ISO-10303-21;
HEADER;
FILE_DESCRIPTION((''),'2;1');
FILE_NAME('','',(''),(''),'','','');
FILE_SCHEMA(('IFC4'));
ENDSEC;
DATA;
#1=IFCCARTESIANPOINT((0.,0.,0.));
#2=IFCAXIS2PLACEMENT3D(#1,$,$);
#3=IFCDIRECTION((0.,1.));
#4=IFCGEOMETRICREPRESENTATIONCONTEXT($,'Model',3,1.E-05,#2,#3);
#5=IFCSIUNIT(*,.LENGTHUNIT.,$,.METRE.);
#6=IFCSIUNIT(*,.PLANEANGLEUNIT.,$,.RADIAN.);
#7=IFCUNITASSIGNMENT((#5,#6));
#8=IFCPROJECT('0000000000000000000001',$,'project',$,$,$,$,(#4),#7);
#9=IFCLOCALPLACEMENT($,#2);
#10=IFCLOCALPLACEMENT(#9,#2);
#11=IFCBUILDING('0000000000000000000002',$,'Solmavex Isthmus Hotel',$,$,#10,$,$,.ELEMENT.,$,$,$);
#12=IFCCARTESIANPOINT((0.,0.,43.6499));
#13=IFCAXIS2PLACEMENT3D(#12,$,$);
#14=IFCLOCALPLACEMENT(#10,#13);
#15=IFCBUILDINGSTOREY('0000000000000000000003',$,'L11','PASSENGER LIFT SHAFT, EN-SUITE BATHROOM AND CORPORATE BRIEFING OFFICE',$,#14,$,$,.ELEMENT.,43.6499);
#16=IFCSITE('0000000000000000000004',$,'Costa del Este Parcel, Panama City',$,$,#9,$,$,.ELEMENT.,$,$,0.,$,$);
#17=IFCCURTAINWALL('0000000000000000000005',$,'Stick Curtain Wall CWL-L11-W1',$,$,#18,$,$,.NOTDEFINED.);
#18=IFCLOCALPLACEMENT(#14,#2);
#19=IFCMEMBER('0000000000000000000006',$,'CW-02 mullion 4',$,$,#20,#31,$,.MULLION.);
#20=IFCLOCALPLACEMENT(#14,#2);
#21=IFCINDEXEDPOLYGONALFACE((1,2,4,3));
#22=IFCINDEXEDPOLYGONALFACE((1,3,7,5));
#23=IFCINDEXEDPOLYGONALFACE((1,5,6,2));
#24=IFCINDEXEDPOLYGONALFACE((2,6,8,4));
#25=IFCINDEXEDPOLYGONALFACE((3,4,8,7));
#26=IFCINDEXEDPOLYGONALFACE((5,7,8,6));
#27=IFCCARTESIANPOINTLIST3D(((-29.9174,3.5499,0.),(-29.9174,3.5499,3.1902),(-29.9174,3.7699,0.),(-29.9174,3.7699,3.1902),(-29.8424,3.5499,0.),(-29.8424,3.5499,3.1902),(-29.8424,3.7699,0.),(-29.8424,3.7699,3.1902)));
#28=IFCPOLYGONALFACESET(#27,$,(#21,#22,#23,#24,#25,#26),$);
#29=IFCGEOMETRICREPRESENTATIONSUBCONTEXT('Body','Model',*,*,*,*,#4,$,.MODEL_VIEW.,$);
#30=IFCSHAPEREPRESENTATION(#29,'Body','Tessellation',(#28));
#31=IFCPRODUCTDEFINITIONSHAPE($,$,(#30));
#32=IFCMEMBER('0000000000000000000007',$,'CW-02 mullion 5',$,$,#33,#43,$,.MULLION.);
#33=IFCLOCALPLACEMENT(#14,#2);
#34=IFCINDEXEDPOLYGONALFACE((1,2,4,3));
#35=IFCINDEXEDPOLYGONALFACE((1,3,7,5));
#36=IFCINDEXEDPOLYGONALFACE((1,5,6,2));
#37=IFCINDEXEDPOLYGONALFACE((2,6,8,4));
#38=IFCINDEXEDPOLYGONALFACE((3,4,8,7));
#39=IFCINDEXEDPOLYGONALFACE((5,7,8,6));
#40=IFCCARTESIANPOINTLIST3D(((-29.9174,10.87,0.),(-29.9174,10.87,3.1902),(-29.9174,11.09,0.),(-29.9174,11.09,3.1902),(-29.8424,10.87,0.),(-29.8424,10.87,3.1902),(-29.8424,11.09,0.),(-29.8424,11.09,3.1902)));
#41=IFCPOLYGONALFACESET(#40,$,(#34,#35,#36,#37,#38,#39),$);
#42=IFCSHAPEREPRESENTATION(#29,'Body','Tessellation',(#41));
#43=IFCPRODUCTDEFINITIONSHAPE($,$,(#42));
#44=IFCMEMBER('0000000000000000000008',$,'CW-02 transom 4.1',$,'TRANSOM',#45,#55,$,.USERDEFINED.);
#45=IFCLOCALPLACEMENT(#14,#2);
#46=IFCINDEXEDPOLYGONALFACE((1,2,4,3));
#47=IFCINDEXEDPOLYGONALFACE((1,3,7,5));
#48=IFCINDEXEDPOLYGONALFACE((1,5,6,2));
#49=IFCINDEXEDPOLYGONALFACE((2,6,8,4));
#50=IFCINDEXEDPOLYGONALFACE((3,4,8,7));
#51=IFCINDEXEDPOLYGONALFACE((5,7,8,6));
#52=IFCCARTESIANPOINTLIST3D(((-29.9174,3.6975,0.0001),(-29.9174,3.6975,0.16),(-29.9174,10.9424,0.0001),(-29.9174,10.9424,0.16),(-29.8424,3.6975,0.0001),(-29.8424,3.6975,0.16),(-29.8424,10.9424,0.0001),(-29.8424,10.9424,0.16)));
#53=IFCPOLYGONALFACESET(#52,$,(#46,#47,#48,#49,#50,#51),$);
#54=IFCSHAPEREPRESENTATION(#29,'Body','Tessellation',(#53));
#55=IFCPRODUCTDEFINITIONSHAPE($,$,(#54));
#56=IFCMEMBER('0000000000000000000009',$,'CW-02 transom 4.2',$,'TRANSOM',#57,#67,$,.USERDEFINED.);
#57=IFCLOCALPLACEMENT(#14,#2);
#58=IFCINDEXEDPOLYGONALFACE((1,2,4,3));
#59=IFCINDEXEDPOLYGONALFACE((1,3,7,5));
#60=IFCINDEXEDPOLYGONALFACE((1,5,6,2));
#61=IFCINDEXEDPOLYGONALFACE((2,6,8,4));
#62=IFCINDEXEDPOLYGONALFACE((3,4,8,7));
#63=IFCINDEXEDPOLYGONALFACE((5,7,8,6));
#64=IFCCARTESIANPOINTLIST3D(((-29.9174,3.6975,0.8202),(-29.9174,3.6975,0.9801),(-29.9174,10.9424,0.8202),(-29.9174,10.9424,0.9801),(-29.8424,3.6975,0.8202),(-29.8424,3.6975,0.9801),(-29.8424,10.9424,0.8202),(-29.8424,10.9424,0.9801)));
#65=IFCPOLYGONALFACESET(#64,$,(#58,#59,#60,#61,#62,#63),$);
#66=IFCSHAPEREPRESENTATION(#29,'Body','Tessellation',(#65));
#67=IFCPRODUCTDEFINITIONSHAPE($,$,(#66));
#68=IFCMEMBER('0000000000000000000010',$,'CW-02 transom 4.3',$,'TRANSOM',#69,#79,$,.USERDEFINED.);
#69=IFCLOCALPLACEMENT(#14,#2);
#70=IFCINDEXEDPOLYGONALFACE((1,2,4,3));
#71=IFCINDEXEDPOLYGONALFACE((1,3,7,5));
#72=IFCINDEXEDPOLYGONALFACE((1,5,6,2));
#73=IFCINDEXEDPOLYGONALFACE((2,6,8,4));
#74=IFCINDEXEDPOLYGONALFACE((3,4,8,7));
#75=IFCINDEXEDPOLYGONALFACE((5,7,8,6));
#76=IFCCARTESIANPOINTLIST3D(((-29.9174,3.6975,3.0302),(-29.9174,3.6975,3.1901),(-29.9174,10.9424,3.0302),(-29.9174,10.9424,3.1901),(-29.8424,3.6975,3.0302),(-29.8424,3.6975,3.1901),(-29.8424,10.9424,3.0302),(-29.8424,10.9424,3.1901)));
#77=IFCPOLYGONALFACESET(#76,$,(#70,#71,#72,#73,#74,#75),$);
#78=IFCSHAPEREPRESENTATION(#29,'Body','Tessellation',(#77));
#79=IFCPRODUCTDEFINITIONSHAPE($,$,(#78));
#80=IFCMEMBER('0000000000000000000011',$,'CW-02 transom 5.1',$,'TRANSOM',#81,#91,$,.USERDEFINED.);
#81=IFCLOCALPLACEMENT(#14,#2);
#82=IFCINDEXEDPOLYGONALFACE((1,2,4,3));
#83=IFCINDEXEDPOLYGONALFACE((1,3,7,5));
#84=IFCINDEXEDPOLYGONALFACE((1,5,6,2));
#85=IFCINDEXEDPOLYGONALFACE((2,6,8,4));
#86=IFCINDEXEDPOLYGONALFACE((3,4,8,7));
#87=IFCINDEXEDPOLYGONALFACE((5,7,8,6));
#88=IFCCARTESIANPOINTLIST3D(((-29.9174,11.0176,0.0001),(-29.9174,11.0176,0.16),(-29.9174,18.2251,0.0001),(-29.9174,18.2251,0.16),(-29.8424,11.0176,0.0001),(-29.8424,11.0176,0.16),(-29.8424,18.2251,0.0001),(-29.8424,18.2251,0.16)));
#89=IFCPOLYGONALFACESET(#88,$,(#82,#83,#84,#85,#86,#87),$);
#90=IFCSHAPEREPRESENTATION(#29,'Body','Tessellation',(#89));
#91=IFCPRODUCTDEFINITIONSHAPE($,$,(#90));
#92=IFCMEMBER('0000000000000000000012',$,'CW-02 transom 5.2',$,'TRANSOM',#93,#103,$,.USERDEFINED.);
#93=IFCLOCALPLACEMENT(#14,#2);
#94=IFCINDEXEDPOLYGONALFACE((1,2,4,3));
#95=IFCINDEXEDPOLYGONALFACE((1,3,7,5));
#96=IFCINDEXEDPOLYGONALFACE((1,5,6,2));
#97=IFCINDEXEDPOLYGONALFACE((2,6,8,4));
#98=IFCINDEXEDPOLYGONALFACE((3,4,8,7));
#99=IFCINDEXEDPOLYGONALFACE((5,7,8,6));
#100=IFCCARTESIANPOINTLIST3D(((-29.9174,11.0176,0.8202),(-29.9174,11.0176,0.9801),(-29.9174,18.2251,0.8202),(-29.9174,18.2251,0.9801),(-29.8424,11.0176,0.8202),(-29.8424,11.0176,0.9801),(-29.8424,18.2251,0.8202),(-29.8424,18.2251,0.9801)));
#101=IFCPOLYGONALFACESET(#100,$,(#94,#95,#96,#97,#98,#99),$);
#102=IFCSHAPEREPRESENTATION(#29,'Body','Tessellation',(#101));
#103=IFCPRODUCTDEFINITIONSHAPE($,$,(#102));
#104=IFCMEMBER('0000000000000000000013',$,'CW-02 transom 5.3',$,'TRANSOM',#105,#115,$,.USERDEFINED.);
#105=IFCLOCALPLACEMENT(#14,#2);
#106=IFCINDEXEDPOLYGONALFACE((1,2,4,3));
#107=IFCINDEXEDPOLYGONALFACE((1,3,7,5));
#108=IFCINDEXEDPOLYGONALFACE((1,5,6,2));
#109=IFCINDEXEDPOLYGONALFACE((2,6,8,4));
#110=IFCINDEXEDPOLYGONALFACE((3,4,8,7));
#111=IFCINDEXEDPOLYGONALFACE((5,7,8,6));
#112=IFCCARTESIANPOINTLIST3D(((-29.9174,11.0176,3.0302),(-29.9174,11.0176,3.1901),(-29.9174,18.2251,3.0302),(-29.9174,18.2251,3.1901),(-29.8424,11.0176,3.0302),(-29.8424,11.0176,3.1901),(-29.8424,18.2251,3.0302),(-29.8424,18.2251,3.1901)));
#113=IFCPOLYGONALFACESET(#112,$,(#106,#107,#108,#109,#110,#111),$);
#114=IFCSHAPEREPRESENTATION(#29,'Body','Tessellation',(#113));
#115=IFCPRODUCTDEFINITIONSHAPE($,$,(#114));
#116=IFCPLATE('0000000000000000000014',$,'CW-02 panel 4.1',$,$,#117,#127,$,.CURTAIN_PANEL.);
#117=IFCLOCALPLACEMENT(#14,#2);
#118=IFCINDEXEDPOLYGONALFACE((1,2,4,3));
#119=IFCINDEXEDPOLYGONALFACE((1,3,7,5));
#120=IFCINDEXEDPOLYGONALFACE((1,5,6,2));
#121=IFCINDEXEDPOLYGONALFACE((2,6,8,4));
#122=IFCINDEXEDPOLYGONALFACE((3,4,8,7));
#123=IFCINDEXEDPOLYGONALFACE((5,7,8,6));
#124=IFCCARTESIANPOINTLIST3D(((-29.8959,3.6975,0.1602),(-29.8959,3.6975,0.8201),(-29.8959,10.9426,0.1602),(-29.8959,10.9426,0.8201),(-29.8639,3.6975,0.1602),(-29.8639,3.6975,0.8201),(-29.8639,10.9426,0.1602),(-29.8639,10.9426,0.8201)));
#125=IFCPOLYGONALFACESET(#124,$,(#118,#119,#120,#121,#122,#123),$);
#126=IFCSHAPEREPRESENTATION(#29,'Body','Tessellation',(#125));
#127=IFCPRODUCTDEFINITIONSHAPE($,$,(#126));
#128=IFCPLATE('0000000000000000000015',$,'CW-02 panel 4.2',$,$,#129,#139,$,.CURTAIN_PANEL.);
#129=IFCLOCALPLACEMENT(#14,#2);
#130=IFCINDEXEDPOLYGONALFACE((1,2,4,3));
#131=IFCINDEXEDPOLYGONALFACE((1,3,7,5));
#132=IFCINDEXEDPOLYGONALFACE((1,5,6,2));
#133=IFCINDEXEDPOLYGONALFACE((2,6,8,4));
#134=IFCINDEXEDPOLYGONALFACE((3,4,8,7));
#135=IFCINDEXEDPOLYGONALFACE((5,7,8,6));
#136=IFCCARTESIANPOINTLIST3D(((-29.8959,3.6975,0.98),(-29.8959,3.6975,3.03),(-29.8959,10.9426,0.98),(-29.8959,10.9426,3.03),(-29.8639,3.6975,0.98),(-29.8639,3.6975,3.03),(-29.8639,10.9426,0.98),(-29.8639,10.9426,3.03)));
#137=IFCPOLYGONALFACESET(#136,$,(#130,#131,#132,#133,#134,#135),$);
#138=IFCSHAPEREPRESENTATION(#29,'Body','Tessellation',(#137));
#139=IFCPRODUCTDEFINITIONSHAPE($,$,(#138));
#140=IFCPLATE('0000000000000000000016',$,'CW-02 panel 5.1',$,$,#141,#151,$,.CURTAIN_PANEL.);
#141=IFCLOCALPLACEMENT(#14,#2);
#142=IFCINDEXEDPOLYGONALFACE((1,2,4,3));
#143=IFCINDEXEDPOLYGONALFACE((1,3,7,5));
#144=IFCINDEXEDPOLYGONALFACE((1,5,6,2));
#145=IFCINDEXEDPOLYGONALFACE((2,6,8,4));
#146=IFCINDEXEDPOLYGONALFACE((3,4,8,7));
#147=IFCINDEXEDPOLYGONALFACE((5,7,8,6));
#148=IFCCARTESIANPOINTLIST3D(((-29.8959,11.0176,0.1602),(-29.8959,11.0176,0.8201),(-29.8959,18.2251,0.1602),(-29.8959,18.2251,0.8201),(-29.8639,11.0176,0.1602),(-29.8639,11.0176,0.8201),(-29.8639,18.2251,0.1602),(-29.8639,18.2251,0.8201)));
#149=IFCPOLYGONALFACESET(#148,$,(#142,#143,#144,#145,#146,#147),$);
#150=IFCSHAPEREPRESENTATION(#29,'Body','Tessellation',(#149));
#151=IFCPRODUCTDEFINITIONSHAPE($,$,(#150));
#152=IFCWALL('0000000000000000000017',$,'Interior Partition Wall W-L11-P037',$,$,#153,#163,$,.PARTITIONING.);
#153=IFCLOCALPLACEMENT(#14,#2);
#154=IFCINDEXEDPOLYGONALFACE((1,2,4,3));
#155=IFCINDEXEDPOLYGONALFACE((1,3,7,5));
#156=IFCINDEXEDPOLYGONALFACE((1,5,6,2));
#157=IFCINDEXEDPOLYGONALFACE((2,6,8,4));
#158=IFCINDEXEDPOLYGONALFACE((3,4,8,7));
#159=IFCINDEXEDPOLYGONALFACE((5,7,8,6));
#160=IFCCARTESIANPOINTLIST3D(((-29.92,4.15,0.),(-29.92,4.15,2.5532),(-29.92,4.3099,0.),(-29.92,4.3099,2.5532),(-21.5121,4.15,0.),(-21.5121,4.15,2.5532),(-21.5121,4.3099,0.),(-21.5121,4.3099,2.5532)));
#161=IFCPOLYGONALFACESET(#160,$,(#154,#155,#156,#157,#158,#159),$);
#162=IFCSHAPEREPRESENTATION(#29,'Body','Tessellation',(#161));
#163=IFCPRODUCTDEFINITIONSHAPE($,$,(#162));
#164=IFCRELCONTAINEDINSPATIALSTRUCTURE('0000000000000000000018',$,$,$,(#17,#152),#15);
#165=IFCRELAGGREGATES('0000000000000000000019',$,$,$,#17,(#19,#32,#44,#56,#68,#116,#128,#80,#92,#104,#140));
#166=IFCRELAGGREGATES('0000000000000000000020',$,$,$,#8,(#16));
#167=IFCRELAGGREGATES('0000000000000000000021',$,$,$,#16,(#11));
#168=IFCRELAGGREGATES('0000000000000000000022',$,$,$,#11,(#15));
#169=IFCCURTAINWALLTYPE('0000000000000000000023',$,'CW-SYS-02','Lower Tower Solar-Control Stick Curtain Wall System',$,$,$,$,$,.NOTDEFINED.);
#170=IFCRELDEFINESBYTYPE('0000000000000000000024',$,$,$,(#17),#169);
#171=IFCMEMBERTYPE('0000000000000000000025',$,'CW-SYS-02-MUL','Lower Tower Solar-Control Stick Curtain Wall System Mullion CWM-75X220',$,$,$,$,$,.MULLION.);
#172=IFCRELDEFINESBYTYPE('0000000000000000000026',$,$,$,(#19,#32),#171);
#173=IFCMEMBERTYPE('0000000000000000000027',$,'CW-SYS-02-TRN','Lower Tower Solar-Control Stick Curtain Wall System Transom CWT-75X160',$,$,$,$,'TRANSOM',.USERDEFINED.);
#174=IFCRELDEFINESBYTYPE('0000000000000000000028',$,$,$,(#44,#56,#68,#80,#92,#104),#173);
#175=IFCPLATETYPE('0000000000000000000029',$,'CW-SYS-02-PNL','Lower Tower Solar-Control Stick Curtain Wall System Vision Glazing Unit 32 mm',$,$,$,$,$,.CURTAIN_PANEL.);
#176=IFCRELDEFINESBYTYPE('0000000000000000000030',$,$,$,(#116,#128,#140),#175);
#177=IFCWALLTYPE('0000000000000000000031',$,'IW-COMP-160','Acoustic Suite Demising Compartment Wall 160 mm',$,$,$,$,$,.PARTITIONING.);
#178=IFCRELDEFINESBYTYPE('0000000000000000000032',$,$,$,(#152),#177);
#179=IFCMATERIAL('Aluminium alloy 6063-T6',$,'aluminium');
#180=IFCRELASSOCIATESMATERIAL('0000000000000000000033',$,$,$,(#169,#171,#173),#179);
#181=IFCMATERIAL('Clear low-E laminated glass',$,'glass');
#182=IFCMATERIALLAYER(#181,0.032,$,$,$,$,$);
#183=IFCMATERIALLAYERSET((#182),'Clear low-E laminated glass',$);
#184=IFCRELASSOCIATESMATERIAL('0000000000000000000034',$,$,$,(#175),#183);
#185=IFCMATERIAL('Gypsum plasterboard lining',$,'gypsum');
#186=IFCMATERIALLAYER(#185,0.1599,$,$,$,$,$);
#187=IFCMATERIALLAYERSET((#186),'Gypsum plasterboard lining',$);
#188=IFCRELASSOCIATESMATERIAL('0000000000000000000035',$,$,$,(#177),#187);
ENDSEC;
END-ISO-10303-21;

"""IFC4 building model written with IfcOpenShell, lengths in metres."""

from ifc_helpers import new_model, si_unit, direction, frame, frame_2d, origin, origin_2d, place, context, subcontext, project, spatial, rectangle, extrude, material, layer, layer_set, material_profile, profile_set, type_object, element, aggregate, save


model = new_model("IFC4")

# Units and contexts
model_context = context("Model", 3, precision=1e-05, world=origin(), true_north=direction((0.0, 1.0)))
body_context = subcontext(model_context, "Body", "Model", "MODEL_VIEW")
ifc_project = project(units=[si_unit("LENGTHUNIT", "METRE"), si_unit("PLANEANGLEUNIT", "RADIAN")], contexts=[model_context])

# Site, building, storey
site_placement = place(None, origin())
site = spatial("IfcSite", under=ifc_project, at=site_placement, Name="Costa del Este Parcel, Panama City", CompositionType="ELEMENT", RefElevation=0.0)
building_placement = place(site_placement, origin())
building = spatial("IfcBuilding", under=site, at=building_placement, Name="Solmavex Isthmus Hotel", CompositionType="ELEMENT")
storey_placement = place(building_placement, frame((0.0, 0.0, 43.6499)))
storey = spatial("IfcBuildingStorey", under=building, at=storey_placement, Name="L11", Description="PASSENGER LIFT SHAFT, EN-SUITE BATHROOM AND CORPORATE BRIEFING OFFICE", CompositionType="ELEMENT", Elevation=43.6499)

# Curtain wall, members, plates
ifc_material_1 = material(Name="Aluminium alloy 6063-T6", Category="aluminium")
curtain_wall_type = type_object("IfcCurtainWallType", Name="CW-SYS-02", Description="Lower Tower Solar-Control Stick Curtain Wall System", PredefinedType="NOTDEFINED", material=ifc_material_1)
curtain_wall_placement = place(storey_placement, origin())
curtain_wall = element("IfcCurtainWall", 1, at=curtain_wall_placement, inside=storey, type_object=curtain_wall_type, Name="Stick Curtain Wall CWL-L11-W1", PredefinedType="NOTDEFINED")
ifc_material_profile_1 = material_profile(ifc_material_1, rectangle(XDim=0.075, YDim=0.22, at=origin_2d()), Name="CWM-75X220")
ifc_profile_set_1 = profile_set([ifc_material_profile_1], Name="Aluminium alloy 6063-T6")
member_type_1 = type_object("IfcMemberType", Name="CW-SYS-02-MUL", Description="Lower Tower Solar-Control Stick Curtain Wall System Mullion CWM-75X220", PredefinedType="MULLION", material=ifc_profile_set_1)
member_1_placement = place(storey_placement, frame((-29.8799, 3.6599, 0.0), z_axis=(0.0, 0.0, 1.0), x_axis=(-1.0, 0.0, 0.0)))
member_1 = element("IfcMember", 2, at=member_1_placement, type_object=member_type_1, Name="CW-02 mullion 4", PredefinedType="MULLION", context=body_context, shape_type="SweptSolid", body=[
    extrude(rectangle(XDim=0.075, YDim=0.22, at=origin_2d()), origin(), (0.0, 0.0, 1.0), 3.1902),
])
member_2_placement = place(storey_placement, frame((-29.8799, 10.98, 0.0), z_axis=(0.0, 0.0, 1.0), x_axis=(-1.0, 0.0, 0.0)))
member_2 = element("IfcMember", 3, at=member_2_placement, type_object=member_type_1, Name="CW-02 mullion 5", PredefinedType="MULLION", context=body_context, shape_type="SweptSolid", body=[
    extrude(rectangle(XDim=0.075, YDim=0.22, at=origin_2d()), origin(), (0.0, 0.0, 1.0), 3.1902),
])
ifc_material_profile_2 = material_profile(ifc_material_1, rectangle(XDim=0.075, YDim=0.1599, at=origin_2d()), Name="CWT-75X160")
ifc_profile_set_2 = profile_set([ifc_material_profile_2], Name="Aluminium alloy 6063-T6")
member_type_2 = type_object("IfcMemberType", Name="CW-SYS-02-TRN", Description="Lower Tower Solar-Control Stick Curtain Wall System Transom CWT-75X160", ElementType="TRANSOM", PredefinedType="USERDEFINED", material=ifc_profile_set_2)
member_3_placement = place(storey_placement, frame((-29.8799, 3.6975, 0.0801), z_axis=(0.0, 1.0, 0.0), x_axis=(-1.0, 0.0, 0.0)))
member_3 = element("IfcMember", 4, at=member_3_placement, type_object=member_type_2, Name="CW-02 transom 4.1", ObjectType="TRANSOM", PredefinedType="USERDEFINED", context=body_context, shape_type="SweptSolid", body=[
    extrude(rectangle(XDim=0.075, YDim=0.1599, at=origin_2d()), origin(), (0.0, 0.0, 1.0), 7.2449),
])
member_4_placement = place(storey_placement, frame((-29.8799, 3.6975, 0.9001), z_axis=(0.0, 1.0, 0.0), x_axis=(-1.0, 0.0, 0.0)))
member_4 = element("IfcMember", 5, at=member_4_placement, type_object=member_type_2, Name="CW-02 transom 4.2", ObjectType="TRANSOM", PredefinedType="USERDEFINED", context=body_context, shape_type="SweptSolid", body=[
    extrude(rectangle(XDim=0.075, YDim=0.1599, at=origin_2d()), origin(), (0.0, 0.0, 1.0), 7.2449),
])
member_5_placement = place(storey_placement, frame((-29.8799, 3.6975, 3.1101), z_axis=(0.0, 1.0, 0.0), x_axis=(-1.0, 0.0, 0.0)))
member_5 = element("IfcMember", 6, at=member_5_placement, type_object=member_type_2, Name="CW-02 transom 4.3", ObjectType="TRANSOM", PredefinedType="USERDEFINED", context=body_context, shape_type="SweptSolid", body=[
    extrude(rectangle(XDim=0.075, YDim=0.1599, at=origin_2d()), origin(), (0.0, 0.0, 1.0), 7.2449),
])
member_6_placement = place(storey_placement, frame((-29.8799, 11.0176, 0.0801), z_axis=(0.0, 1.0, 0.0), x_axis=(-1.0, 0.0, 0.0)))
member_6 = element("IfcMember", 7, at=member_6_placement, type_object=member_type_2, Name="CW-02 transom 5.1", ObjectType="TRANSOM", PredefinedType="USERDEFINED", context=body_context, shape_type="SweptSolid", body=[
    extrude(rectangle(XDim=0.075, YDim=0.1599, at=origin_2d()), origin(), (0.0, 0.0, 1.0), 7.2075),
])
member_7_placement = place(storey_placement, frame((-29.8799, 11.0176, 0.9001), z_axis=(0.0, 1.0, 0.0), x_axis=(-1.0, 0.0, 0.0)))
member_7 = element("IfcMember", 8, at=member_7_placement, type_object=member_type_2, Name="CW-02 transom 5.2", ObjectType="TRANSOM", PredefinedType="USERDEFINED", context=body_context, shape_type="SweptSolid", body=[
    extrude(rectangle(XDim=0.075, YDim=0.1599, at=origin_2d()), origin(), (0.0, 0.0, 1.0), 7.2075),
])
member_8_placement = place(storey_placement, frame((-29.8799, 11.0176, 3.1101), z_axis=(0.0, 1.0, 0.0), x_axis=(-1.0, 0.0, 0.0)))
member_8 = element("IfcMember", 9, at=member_8_placement, type_object=member_type_2, Name="CW-02 transom 5.3", ObjectType="TRANSOM", PredefinedType="USERDEFINED", context=body_context, shape_type="SweptSolid", body=[
    extrude(rectangle(XDim=0.075, YDim=0.1599, at=origin_2d()), origin(), (0.0, 0.0, 1.0), 7.2075),
])
ifc_material_2 = material(Name="Clear low-E laminated glass", Category="glass")
ifc_layer_1 = layer(ifc_material_2, 0.032)
ifc_layer_set_1 = layer_set([ifc_layer_1], Name="Clear low-E laminated glass")
plate_type = type_object("IfcPlateType", Name="CW-SYS-02-PNL", Description="Lower Tower Solar-Control Stick Curtain Wall System Vision Glazing Unit 32 mm", PredefinedType="CURTAIN_PANEL", material=ifc_layer_set_1)
plate_1_placement = place(storey_placement, frame((-29.8799, 7.3201, 0.1602), z_axis=(0.0, 0.0, 1.0), x_axis=(0.0, 1.0, 0.0)))
plate_1 = element("IfcPlate", 10, at=plate_1_placement, type_object=plate_type, Name="CW-02 panel 4.1", PredefinedType="CURTAIN_PANEL", context=body_context, shape_type="SweptSolid", body=[
    extrude(rectangle(XDim=7.2451, YDim=0.032, at=origin_2d()), origin(), (0.0, 0.0, 1.0), 0.6599),
])
plate_2_placement = place(storey_placement, frame((-29.8799, 7.3201, 0.98), z_axis=(0.0, 0.0, 1.0), x_axis=(0.0, 1.0, 0.0)))
plate_2 = element("IfcPlate", 11, at=plate_2_placement, type_object=plate_type, Name="CW-02 panel 4.2", PredefinedType="CURTAIN_PANEL", context=body_context, shape_type="SweptSolid", body=[
    extrude(rectangle(XDim=7.2451, YDim=0.032, at=origin_2d()), origin(), (0.0, 0.0, 1.0), 2.05),
])
plate_3_placement = place(storey_placement, frame((-29.8799, 14.6213, 0.1602), z_axis=(0.0, 0.0, 1.0), x_axis=(0.0, 1.0, 0.0)))
plate_3 = element("IfcPlate", 12, at=plate_3_placement, type_object=plate_type, Name="CW-02 panel 5.1", PredefinedType="CURTAIN_PANEL", context=body_context, shape_type="SweptSolid", body=[
    extrude(rectangle(XDim=7.2075, YDim=0.032, at=origin_2d()), origin(), (0.0, 0.0, 1.0), 0.6599),
])
aggregate(curtain_wall, [member_1, member_2, member_3, member_4, member_5, plate_1, plate_2, member_6, member_7, member_8, plate_3])

# Wall
ifc_material_3 = material(Name="Gypsum plasterboard lining", Category="gypsum")
ifc_layer_2 = layer(ifc_material_3, 0.1599)
ifc_layer_set_2 = layer_set([ifc_layer_2], Name="Gypsum plasterboard lining")
wall_type_1 = type_object("IfcWallType", Name="IW-COMP-160", Description="Acoustic Suite Demising Compartment Wall 160 mm", PredefinedType="PARTITIONING", material=ifc_layer_set_2)
wall_1_placement = place(storey_placement, frame((-21.512, 4.23, 0.0), z_axis=(0.0, 0.0, 1.0), x_axis=(-1.0, 0.0, 0.0)))
element("IfcWall", 13, at=wall_1_placement, inside=storey, type_object=wall_type_1, Name="Interior Partition Wall W-L11-P037", PredefinedType="PARTITIONING", context=body_context, shape_type="SweptSolid", body=[
    extrude(rectangle(XDim=8.408, YDim=0.1599, at=frame_2d((4.2041, 0.0))), origin(), (0.0, 0.0, 1.0), 2.5532),
])

save(model, "model.ifc")
